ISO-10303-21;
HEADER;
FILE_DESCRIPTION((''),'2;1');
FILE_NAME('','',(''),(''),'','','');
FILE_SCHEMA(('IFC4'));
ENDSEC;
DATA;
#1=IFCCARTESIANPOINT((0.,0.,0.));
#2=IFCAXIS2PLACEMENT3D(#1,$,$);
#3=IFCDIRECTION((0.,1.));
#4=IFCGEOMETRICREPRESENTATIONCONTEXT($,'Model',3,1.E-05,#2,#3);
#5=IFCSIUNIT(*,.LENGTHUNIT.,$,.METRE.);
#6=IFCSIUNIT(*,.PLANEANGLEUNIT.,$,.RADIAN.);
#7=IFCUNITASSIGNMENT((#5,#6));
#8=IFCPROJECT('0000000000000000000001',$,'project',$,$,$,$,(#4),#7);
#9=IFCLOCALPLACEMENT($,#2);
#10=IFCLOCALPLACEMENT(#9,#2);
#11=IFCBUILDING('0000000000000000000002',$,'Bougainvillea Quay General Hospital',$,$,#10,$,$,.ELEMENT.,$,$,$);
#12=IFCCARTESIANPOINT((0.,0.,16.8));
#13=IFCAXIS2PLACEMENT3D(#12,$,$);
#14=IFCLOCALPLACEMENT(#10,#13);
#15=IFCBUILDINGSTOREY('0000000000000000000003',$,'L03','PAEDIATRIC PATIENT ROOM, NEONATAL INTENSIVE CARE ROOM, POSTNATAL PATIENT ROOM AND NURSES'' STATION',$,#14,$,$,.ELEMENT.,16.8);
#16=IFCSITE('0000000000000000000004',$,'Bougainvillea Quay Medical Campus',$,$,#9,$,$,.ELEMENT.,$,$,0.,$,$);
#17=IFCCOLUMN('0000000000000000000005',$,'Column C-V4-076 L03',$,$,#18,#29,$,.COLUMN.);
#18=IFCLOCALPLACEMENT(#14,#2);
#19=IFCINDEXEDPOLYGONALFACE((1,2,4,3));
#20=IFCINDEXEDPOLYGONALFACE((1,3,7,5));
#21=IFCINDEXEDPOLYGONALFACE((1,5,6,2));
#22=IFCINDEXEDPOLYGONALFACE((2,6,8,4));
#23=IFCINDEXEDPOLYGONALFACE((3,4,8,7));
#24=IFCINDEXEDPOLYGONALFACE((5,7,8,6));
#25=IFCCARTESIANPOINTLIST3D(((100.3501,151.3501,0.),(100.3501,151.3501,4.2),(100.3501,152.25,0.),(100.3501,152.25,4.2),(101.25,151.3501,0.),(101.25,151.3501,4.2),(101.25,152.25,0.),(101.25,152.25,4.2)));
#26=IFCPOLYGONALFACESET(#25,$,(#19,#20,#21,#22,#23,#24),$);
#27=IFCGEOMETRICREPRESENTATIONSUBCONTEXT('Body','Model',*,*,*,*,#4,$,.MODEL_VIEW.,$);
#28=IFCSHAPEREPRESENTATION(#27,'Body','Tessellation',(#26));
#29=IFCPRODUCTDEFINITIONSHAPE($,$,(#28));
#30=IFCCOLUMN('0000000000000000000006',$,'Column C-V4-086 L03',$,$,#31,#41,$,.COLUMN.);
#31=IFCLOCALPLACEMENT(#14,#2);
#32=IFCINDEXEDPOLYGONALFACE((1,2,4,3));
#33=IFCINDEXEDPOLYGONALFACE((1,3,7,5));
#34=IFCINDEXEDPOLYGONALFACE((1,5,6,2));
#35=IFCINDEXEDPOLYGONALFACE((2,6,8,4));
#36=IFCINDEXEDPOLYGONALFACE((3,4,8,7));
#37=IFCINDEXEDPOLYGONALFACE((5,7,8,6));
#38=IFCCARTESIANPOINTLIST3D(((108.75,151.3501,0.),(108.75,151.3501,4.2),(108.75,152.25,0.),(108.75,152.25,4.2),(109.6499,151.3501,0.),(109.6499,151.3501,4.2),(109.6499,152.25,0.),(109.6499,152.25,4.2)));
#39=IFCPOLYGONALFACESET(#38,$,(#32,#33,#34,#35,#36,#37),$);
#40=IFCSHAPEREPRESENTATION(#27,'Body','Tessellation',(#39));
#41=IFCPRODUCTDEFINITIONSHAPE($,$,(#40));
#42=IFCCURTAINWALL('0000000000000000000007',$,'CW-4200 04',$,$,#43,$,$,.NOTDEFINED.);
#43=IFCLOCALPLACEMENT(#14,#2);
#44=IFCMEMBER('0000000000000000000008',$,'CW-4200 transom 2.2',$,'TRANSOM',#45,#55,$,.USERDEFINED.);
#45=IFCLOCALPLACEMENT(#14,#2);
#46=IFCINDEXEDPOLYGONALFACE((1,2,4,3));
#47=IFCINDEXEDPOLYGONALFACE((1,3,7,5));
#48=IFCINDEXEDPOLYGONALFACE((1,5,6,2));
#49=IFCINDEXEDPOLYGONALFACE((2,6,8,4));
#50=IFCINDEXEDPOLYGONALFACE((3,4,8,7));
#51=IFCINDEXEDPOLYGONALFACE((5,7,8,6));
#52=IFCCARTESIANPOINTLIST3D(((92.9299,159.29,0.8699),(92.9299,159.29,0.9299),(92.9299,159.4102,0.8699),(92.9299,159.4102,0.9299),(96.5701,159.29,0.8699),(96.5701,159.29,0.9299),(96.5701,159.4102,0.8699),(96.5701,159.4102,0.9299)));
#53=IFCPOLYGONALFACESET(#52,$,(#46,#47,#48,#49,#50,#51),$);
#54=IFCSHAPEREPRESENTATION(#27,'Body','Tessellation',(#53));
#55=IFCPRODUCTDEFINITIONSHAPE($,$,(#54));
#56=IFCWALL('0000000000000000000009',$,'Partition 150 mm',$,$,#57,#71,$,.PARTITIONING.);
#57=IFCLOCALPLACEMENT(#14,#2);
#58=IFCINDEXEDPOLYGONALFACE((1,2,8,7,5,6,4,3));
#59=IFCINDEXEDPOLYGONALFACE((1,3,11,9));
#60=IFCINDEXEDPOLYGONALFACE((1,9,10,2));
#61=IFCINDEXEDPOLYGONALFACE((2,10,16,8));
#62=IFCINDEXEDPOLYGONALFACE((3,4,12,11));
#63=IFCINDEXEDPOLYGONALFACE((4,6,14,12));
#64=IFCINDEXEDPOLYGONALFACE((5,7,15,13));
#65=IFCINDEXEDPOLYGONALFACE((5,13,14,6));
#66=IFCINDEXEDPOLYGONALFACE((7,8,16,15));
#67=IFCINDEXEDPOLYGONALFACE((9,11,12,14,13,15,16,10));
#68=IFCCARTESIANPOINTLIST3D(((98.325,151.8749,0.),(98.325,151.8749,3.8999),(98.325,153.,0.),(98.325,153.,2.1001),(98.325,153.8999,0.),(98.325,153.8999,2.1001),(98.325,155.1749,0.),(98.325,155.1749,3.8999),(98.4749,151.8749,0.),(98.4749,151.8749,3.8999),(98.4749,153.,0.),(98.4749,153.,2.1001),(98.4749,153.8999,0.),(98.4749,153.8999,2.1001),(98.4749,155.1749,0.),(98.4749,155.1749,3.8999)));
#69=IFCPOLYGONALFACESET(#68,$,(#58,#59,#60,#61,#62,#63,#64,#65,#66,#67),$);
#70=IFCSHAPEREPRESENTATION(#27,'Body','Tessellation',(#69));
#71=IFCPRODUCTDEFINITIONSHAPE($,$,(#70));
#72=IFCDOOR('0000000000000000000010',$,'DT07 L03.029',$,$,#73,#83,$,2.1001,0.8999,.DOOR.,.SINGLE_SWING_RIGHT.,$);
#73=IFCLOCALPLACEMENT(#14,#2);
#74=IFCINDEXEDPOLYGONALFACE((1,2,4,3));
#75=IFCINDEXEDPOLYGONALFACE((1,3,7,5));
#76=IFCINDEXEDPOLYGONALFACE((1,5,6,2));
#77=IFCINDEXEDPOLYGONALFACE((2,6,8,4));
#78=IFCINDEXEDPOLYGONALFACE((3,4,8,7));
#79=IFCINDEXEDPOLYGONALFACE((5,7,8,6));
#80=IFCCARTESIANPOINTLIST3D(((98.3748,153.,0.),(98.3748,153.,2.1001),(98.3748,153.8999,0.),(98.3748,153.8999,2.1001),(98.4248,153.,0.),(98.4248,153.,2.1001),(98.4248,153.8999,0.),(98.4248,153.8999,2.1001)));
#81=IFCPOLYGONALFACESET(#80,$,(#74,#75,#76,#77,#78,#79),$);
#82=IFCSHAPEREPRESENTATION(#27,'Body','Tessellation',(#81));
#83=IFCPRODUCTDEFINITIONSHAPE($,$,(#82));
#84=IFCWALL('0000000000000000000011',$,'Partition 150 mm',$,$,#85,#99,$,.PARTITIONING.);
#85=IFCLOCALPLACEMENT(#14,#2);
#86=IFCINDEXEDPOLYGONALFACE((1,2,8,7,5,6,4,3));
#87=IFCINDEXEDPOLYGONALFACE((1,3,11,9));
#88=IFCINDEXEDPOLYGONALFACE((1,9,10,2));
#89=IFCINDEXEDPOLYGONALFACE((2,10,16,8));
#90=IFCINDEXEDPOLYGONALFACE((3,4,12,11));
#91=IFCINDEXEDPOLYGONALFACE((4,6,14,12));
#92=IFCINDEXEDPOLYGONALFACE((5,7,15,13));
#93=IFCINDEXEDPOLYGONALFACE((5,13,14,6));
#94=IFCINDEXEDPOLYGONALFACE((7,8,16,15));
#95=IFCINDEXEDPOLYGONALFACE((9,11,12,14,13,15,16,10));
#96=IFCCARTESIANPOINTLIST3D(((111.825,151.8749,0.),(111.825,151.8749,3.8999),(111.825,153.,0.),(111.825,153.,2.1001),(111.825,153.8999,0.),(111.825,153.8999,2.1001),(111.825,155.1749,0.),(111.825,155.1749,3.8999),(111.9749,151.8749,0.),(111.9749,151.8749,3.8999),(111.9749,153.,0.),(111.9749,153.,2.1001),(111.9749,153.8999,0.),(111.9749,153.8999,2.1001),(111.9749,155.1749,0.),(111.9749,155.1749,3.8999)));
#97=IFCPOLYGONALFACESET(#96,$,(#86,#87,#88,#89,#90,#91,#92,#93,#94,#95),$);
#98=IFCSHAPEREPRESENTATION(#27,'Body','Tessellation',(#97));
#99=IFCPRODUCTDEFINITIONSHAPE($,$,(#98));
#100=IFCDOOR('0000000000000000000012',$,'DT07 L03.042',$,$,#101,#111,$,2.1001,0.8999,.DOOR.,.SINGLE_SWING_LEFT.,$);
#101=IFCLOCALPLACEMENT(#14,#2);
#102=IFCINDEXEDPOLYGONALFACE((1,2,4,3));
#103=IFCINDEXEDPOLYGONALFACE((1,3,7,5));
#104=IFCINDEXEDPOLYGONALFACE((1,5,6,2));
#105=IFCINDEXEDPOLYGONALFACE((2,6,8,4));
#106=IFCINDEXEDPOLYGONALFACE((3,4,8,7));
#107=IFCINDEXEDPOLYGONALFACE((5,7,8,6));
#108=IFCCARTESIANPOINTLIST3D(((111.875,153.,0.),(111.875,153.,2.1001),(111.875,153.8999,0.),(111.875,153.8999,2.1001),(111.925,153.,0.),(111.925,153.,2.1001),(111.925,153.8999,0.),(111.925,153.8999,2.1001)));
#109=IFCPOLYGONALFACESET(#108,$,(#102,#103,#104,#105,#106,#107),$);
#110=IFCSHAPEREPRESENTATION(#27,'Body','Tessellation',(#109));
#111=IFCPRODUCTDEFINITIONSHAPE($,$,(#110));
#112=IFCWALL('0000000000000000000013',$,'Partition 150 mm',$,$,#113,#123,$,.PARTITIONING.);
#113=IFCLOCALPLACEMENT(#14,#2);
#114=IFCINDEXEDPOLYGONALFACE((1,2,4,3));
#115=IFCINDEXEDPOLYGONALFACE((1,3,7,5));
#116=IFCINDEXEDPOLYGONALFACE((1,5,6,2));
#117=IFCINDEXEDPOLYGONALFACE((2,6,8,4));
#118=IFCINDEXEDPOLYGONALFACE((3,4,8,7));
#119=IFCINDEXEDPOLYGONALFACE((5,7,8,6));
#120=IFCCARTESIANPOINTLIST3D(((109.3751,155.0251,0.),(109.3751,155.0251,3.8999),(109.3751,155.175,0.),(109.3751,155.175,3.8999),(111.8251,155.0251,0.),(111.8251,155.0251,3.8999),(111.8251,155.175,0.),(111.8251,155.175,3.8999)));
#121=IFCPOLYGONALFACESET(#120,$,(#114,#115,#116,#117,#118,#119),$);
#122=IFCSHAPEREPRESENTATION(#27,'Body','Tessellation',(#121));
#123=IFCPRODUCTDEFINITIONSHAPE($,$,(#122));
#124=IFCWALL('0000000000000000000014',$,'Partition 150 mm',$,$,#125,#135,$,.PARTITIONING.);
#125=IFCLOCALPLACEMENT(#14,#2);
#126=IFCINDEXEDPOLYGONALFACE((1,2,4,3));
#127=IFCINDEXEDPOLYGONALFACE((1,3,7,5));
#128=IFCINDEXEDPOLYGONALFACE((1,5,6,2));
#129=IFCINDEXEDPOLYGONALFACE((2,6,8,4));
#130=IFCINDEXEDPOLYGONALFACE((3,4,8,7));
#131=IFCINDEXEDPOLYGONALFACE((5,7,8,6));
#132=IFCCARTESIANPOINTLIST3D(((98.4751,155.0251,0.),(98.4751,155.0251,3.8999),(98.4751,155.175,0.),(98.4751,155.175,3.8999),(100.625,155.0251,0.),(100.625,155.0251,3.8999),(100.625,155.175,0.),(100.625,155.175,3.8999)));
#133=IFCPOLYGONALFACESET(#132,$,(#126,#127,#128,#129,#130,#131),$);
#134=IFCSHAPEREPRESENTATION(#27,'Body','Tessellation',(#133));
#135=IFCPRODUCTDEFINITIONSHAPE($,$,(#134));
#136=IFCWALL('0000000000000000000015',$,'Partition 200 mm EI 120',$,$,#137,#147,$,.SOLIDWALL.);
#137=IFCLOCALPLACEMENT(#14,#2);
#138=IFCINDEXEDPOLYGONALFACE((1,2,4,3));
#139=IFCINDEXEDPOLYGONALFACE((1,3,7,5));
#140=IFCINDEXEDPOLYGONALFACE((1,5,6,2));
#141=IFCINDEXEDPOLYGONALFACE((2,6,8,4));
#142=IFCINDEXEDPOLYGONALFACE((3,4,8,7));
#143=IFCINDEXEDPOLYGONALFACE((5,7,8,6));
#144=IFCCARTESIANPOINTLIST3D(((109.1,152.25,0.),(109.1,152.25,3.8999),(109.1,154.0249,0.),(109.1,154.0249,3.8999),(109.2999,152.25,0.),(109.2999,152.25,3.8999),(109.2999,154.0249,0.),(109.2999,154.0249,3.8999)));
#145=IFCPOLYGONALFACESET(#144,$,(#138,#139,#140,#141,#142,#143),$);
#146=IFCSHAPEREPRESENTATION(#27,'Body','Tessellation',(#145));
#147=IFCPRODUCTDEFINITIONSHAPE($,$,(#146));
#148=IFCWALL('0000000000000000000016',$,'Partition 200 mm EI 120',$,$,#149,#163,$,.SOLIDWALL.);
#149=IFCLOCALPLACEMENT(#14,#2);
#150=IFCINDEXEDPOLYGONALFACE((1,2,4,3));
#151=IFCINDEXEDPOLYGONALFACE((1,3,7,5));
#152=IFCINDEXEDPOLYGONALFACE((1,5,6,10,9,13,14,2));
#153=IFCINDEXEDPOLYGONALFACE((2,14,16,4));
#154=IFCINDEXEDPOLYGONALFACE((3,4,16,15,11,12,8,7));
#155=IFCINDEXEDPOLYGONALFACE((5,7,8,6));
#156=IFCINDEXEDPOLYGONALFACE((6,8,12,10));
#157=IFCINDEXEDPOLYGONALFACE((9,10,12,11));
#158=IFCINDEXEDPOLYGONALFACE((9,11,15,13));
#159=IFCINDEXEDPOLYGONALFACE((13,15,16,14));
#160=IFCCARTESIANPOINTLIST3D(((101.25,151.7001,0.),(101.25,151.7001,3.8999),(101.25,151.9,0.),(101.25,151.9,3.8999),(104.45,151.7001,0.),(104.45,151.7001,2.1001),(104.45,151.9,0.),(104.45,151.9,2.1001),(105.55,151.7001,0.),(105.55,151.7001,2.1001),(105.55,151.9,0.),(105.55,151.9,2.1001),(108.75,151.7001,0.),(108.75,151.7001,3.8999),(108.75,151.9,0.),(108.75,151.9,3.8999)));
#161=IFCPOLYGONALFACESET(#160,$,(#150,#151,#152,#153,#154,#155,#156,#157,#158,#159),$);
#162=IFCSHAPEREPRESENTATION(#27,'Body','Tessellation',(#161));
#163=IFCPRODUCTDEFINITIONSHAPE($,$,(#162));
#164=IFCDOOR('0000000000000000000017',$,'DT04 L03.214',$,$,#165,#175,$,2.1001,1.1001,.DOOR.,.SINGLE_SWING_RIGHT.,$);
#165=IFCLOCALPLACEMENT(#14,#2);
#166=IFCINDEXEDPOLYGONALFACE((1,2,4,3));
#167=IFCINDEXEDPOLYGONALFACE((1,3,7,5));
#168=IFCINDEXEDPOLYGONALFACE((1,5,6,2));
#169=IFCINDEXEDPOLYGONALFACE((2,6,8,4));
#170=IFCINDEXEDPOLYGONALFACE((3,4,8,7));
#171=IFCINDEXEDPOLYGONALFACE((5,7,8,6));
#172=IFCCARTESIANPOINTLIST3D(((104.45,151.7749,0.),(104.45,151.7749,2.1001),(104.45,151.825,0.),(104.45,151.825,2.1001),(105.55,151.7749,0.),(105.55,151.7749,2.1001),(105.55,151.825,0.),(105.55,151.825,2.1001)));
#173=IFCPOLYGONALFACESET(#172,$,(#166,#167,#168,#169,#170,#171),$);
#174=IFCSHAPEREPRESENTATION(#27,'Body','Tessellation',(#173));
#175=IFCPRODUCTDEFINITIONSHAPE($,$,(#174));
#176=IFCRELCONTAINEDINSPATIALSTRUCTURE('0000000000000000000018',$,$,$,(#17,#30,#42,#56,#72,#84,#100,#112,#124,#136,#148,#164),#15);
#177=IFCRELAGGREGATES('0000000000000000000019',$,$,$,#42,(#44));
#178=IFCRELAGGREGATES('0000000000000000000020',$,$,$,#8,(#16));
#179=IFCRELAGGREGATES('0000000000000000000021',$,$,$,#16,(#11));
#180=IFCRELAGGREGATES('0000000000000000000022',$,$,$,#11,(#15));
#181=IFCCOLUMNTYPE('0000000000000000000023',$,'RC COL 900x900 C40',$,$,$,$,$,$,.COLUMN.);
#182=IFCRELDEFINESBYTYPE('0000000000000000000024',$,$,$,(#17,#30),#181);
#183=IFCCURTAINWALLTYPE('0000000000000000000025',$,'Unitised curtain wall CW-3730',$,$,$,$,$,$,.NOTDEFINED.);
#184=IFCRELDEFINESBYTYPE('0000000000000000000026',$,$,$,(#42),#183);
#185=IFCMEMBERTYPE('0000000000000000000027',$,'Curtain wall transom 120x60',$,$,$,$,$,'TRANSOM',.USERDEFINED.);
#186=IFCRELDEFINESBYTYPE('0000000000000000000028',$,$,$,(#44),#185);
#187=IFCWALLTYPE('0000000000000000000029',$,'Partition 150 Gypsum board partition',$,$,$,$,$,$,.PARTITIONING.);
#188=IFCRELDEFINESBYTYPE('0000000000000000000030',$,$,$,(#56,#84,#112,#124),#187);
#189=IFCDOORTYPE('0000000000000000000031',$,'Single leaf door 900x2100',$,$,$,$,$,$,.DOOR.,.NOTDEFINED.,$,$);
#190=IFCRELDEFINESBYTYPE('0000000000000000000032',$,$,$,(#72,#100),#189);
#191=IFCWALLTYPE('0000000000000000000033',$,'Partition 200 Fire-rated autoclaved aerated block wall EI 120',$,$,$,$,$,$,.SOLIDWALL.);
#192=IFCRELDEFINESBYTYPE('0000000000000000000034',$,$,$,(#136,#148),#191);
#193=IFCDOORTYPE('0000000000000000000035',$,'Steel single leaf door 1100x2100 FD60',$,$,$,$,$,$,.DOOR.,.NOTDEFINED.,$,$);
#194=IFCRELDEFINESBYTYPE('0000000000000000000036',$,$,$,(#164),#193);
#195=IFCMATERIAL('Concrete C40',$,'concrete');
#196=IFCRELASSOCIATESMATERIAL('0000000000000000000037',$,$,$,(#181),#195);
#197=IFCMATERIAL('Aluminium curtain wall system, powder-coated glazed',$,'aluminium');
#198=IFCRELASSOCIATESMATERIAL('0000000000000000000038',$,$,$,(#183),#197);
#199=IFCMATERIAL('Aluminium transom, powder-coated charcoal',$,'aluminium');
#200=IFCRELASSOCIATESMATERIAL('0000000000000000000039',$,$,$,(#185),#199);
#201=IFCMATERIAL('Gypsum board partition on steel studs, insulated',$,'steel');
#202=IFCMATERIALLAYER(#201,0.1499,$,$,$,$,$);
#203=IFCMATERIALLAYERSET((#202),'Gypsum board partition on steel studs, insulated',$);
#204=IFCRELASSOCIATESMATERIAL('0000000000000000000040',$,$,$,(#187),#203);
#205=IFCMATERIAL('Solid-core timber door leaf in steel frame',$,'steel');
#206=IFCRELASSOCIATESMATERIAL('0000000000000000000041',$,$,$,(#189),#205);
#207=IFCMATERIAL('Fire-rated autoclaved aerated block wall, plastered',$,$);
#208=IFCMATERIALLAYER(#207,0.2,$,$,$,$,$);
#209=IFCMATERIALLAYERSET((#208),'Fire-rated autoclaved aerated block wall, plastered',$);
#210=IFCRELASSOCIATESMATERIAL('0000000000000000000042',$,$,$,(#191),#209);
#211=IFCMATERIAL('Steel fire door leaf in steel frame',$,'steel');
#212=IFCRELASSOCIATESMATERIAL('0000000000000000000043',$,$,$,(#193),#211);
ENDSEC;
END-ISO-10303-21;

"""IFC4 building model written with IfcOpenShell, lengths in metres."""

from ifc_helpers import new_model, si_unit, direction, frame, frame_2d, origin, origin_2d, place, context, subcontext, project, spatial, rectangle, extrude, material, layer, layer_set, material_profile, profile_set, type_object, element, fill, aggregate, save


model = new_model("IFC4")

# Units and contexts
model_context = context("Model", 3, precision=1e-05, world=origin(), true_north=direction((0.0, 1.0)))
body_context = subcontext(model_context, "Body", "Model", "MODEL_VIEW")
ifc_project = project(units=[si_unit("LENGTHUNIT", "METRE"), si_unit("PLANEANGLEUNIT", "RADIAN")], contexts=[model_context])

# Site, building, storey
site_placement = place(None, origin())
site = spatial("IfcSite", under=ifc_project, at=site_placement, Name="Bougainvillea Quay Medical Campus", CompositionType="ELEMENT", RefElevation=0.0)
building_placement = place(site_placement, origin())
building = spatial("IfcBuilding", under=site, at=building_placement, Name="Bougainvillea Quay General Hospital", CompositionType="ELEMENT")
storey_placement = place(building_placement, frame((0.0, 0.0, 16.8)))
storey = spatial("IfcBuildingStorey", under=building, at=storey_placement, Name="L03", Description="PAEDIATRIC PATIENT ROOM, NEONATAL INTENSIVE CARE ROOM, POSTNATAL PATIENT ROOM AND NURSES' STATION", CompositionType="ELEMENT", Elevation=16.8)

# Columns
ifc_material_1 = material(Name="Concrete C40", Category="concrete")
ifc_material_profile_1 = material_profile(ifc_material_1, rectangle(XDim=0.8999, YDim=0.8999, at=origin_2d()))
ifc_profile_set_1 = profile_set([ifc_material_profile_1], Name="Concrete C40")
column_type = type_object("IfcColumnType", Name="RC COL 900x900 C40", PredefinedType="COLUMN", material=ifc_profile_set_1)
for number, where, z_axis, x_axis, name in (
    (1, (100.8, 151.8, 0.0), (0.0, 0.0, 1.0), (1.0, 0.0, 0.0), "Column C-V4-076 L03"),
    (2, (109.2, 151.8, 0.0), (0.0, 0.0, 1.0), (1.0, 0.0, 0.0), "Column C-V4-086 L03"),
):
    element("IfcColumn", number, at=place(storey_placement, frame(where, z_axis=z_axis, x_axis=x_axis)), inside=storey, type_object=column_type, Name=name, PredefinedType="COLUMN", context=body_context, shape_type="SweptSolid", body=[
        extrude(rectangle(XDim=0.8999, YDim=0.8999, at=origin_2d()), origin(), (0.0, 0.0, 1.0), 4.2),
    ])

# Curtain wall, member
ifc_material_2 = material(Name="Aluminium curtain wall system, powder-coated glazed", Category="aluminium")
curtain_wall_type = type_object("IfcCurtainWallType", Name="Unitised curtain wall CW-3730", PredefinedType="NOTDEFINED", material=ifc_material_2)
curtain_wall_placement = place(storey_placement, origin())
curtain_wall = element("IfcCurtainWall", 3, at=curtain_wall_placement, inside=storey, type_object=curtain_wall_type, Name="CW-4200 04", PredefinedType="NOTDEFINED")
ifc_material_3 = material(Name="Aluminium transom, powder-coated charcoal", Category="aluminium")
ifc_material_profile_2 = material_profile(ifc_material_3, rectangle(XDim=0.1201, YDim=0.0601, at=origin_2d()))
ifc_profile_set_2 = profile_set([ifc_material_profile_2], Name="Aluminium transom, powder-coated charcoal")
member_type = type_object("IfcMemberType", Name="Curtain wall transom 120x60", ElementType="TRANSOM", PredefinedType="USERDEFINED", material=ifc_profile_set_2)
member_placement = place(storey_placement, frame((96.5701, 159.3501, 0.8999), z_axis=(-1.0, 0.0, 0.0), x_axis=(0.0, -1.0, 0.0)))
member = element("IfcMember", 4, at=member_placement, type_object=member_type, Name="CW-4200 transom 2.2", ObjectType="TRANSOM", PredefinedType="USERDEFINED", context=body_context, shape_type="SweptSolid", body=[
    extrude(rectangle(XDim=0.1201, YDim=0.0601, at=origin_2d()), origin(), (0.0, 0.0, 1.0), 3.6401),
])
aggregate(curtain_wall, [member])

# Walls, openings, doors
ifc_material_4 = material(Name="Gypsum board partition on steel studs, insulated", Category="steel")
ifc_layer_1 = layer(ifc_material_4, 0.1499)
ifc_layer_set_1 = layer_set([ifc_layer_1], Name="Gypsum board partition on steel studs, insulated")
wall_type_1 = type_object("IfcWallType", Name="Partition 150 Gypsum board partition", PredefinedType="PARTITIONING", material=ifc_layer_set_1)
wall_1_placement = place(storey_placement, frame((98.3999, 151.875, 0.0), z_axis=(0.0, 0.0, 1.0), x_axis=(0.0, 1.0, 0.0)))
wall_1 = element("IfcWall", 5, at=wall_1_placement, inside=storey, type_object=wall_type_1, Name="Partition 150 mm", PredefinedType="PARTITIONING", context=body_context, shape_type="SweptSolid", body=[
    extrude(rectangle(XDim=3.3, YDim=0.1499, at=frame_2d((1.6499, 0.0))), origin(), (0.0, 0.0, 1.0), 3.8999),
])
opening_1_placement = place(wall_1_placement, frame((1.125, 0.0, 0.0)))
opening_1 = element("IfcOpeningElement", 6, at=opening_1_placement, cuts=wall_1, PredefinedType="OPENING", context=body_context, shape_type="SweptSolid", body=[
    extrude(rectangle(XDim=0.8999, YDim=2.1001, at=frame_2d((0.45, 1.05))), frame((0.0, 0.085, 0.0), z_axis=(0.0, -1.0, 0.0), x_axis=(1.0, 0.0, 0.0)), (0.0, 0.0, 1.0), 0.1699),
])
ifc_material_5 = material(Name="Solid-core timber door leaf in steel frame", Category="steel")
door_type_1 = type_object("IfcDoorType", Name="Single leaf door 900x2100", OperationType="NOTDEFINED", PredefinedType="DOOR", material=ifc_material_5)
door_1_placement = place(opening_1_placement, frame((0.8999, 0.0, 0.0), z_axis=(0.0, 0.0, 1.0), x_axis=(-1.0, 0.0, 0.0)))
door_1 = element("IfcDoor", 7, at=door_1_placement, inside=storey, type_object=door_type_1, Name="DT07 L03.029", OperationType="SINGLE_SWING_RIGHT", OverallHeight=2.1001, OverallWidth=0.8999, PredefinedType="DOOR", context=body_context, shape_type="SweptSolid", body=[
    extrude(rectangle(XDim=0.8999, YDim=2.1001, at=frame_2d((0.45, 1.05))), frame((0.0, 0.0249, 0.0), z_axis=(0.0, -1.0, 0.0), x_axis=(1.0, 0.0, 0.0)), (0.0, 0.0, 1.0), 0.05),
])
fill(opening_1, door_1)
wall_2_placement = place(storey_placement, frame((111.8999, 151.875, 0.0), z_axis=(0.0, 0.0, 1.0), x_axis=(0.0, 1.0, 0.0)))
wall_2 = element("IfcWall", 8, at=wall_2_placement, inside=storey, type_object=wall_type_1, Name="Partition 150 mm", PredefinedType="PARTITIONING", context=body_context, shape_type="SweptSolid", body=[
    extrude(rectangle(XDim=3.3, YDim=0.1499, at=frame_2d((1.6499, 0.0))), origin(), (0.0, 0.0, 1.0), 3.8999),
])
opening_2_placement = place(wall_2_placement, frame((1.125, 0.0, 0.0)))
opening_2 = element("IfcOpeningElement", 9, at=opening_2_placement, cuts=wall_2, PredefinedType="OPENING", context=body_context, shape_type="SweptSolid", body=[
    extrude(rectangle(XDim=0.8999, YDim=2.1001, at=frame_2d((0.45, 1.05))), frame((0.0, 0.085, 0.0), z_axis=(0.0, -1.0, 0.0), x_axis=(1.0, 0.0, 0.0)), (0.0, 0.0, 1.0), 0.1699),
])
door_2_placement = place(opening_2_placement, origin())
door_2 = element("IfcDoor", 10, at=door_2_placement, inside=storey, type_object=door_type_1, Name="DT07 L03.042", OperationType="SINGLE_SWING_LEFT", OverallHeight=2.1001, OverallWidth=0.8999, PredefinedType="DOOR", context=body_context, shape_type="SweptSolid", body=[
    extrude(rectangle(XDim=0.8999, YDim=2.1001, at=frame_2d((0.45, 1.05))), frame((0.0, 0.0249, 0.0), z_axis=(0.0, -1.0, 0.0), x_axis=(1.0, 0.0, 0.0)), (0.0, 0.0, 1.0), 0.05),
])
fill(opening_2, door_2)

# Walls
wall_3_placement = place(storey_placement, frame((109.375, 155.1001, 0.0), z_axis=(0.0, 0.0, 1.0), x_axis=(1.0, 0.0, 0.0)))
element("IfcWall", 11, at=wall_3_placement, inside=storey, type_object=wall_type_1, Name="Partition 150 mm", PredefinedType="PARTITIONING", context=body_context, shape_type="SweptSolid", body=[
    extrude(rectangle(XDim=2.45, YDim=0.1499, at=frame_2d((1.2251, 0.0))), origin(), (0.0, 0.0, 1.0), 3.8999),
])
wall_4_placement = place(storey_placement, frame((98.4751, 155.1001, 0.0), z_axis=(0.0, 0.0, 1.0), x_axis=(1.0, 0.0, 0.0)))
element("IfcWall", 12, at=wall_4_placement, inside=storey, type_object=wall_type_1, Name="Partition 150 mm", PredefinedType="PARTITIONING", context=body_context, shape_type="SweptSolid", body=[
    extrude(rectangle(XDim=2.1499, YDim=0.1499, at=frame_2d((1.075, 0.0))), origin(), (0.0, 0.0, 1.0), 3.8999),
])
ifc_material_6 = material(Name="Fire-rated autoclaved aerated block wall, plastered")
ifc_layer_2 = layer(ifc_material_6, 0.2)
ifc_layer_set_2 = layer_set([ifc_layer_2], Name="Fire-rated autoclaved aerated block wall, plastered")
wall_type_2 = type_object("IfcWallType", Name="Partition 200 Fire-rated autoclaved aerated block wall EI 120", PredefinedType="SOLIDWALL", material=ifc_layer_set_2)
wall_5_placement = place(storey_placement, frame((109.2, 154.0249, 0.0), z_axis=(0.0, 0.0, 1.0), x_axis=(0.0, -1.0, 0.0)))
element("IfcWall", 13, at=wall_5_placement, inside=storey, type_object=wall_type_2, Name="Partition 200 mm EI 120", PredefinedType="SOLIDWALL", context=body_context, shape_type="SweptSolid", body=[
    extrude(rectangle(XDim=1.7749, YDim=0.2, at=frame_2d((0.8875, 0.0))), origin(), (0.0, 0.0, 1.0), 3.8999),
])

# Wall, opening, door
wall_6_placement = place(storey_placement, frame((101.25, 151.8, 0.0), z_axis=(0.0, 0.0, 1.0), x_axis=(1.0, 0.0, 0.0)))
wall_6 = element("IfcWall", 14, at=wall_6_placement, inside=storey, type_object=wall_type_2, Name="Partition 200 mm EI 120", PredefinedType="SOLIDWALL", context=body_context, shape_type="SweptSolid", body=[
    extrude(rectangle(XDim=7.5, YDim=0.2, at=frame_2d((3.75, 0.0))), origin(), (0.0, 0.0, 1.0), 3.8999),
])
opening_3_placement = place(wall_6_placement, frame((3.2, 0.0, 0.0)))
opening_3 = element("IfcOpeningElement", 15, at=opening_3_placement, cuts=wall_6, PredefinedType="OPENING", context=body_context, shape_type="SweptSolid", body=[
    extrude(rectangle(XDim=1.1001, YDim=2.1001, at=frame_2d((0.55, 1.05))), frame((0.0, 0.1099, 0.0), z_axis=(0.0, -1.0, 0.0), x_axis=(1.0, 0.0, 0.0)), (0.0, 0.0, 1.0), 0.22),
])
ifc_material_7 = material(Name="Steel fire door leaf in steel frame", Category="steel")
door_type_2 = type_object("IfcDoorType", Name="Steel single leaf door 1100x2100 FD60", OperationType="NOTDEFINED", PredefinedType="DOOR", material=ifc_material_7)
door_3_placement = place(opening_3_placement, origin())
door_3 = element("IfcDoor", 16, at=door_3_placement, inside=storey, type_object=door_type_2, Name="DT04 L03.214", OperationType="SINGLE_SWING_RIGHT", OverallHeight=2.1001, OverallWidth=1.1001, PredefinedType="DOOR", context=body_context, shape_type="SweptSolid", body=[
    extrude(rectangle(XDim=1.1001, YDim=2.1001, at=frame_2d((0.55, 1.05))), frame((0.0, 0.0249, 0.0), z_axis=(0.0, -1.0, 0.0), x_axis=(1.0, 0.0, 0.0)), (0.0, 0.0, 1.0), 0.05),
])
fill(opening_3, door_3)

save(model, "model.ifc")
